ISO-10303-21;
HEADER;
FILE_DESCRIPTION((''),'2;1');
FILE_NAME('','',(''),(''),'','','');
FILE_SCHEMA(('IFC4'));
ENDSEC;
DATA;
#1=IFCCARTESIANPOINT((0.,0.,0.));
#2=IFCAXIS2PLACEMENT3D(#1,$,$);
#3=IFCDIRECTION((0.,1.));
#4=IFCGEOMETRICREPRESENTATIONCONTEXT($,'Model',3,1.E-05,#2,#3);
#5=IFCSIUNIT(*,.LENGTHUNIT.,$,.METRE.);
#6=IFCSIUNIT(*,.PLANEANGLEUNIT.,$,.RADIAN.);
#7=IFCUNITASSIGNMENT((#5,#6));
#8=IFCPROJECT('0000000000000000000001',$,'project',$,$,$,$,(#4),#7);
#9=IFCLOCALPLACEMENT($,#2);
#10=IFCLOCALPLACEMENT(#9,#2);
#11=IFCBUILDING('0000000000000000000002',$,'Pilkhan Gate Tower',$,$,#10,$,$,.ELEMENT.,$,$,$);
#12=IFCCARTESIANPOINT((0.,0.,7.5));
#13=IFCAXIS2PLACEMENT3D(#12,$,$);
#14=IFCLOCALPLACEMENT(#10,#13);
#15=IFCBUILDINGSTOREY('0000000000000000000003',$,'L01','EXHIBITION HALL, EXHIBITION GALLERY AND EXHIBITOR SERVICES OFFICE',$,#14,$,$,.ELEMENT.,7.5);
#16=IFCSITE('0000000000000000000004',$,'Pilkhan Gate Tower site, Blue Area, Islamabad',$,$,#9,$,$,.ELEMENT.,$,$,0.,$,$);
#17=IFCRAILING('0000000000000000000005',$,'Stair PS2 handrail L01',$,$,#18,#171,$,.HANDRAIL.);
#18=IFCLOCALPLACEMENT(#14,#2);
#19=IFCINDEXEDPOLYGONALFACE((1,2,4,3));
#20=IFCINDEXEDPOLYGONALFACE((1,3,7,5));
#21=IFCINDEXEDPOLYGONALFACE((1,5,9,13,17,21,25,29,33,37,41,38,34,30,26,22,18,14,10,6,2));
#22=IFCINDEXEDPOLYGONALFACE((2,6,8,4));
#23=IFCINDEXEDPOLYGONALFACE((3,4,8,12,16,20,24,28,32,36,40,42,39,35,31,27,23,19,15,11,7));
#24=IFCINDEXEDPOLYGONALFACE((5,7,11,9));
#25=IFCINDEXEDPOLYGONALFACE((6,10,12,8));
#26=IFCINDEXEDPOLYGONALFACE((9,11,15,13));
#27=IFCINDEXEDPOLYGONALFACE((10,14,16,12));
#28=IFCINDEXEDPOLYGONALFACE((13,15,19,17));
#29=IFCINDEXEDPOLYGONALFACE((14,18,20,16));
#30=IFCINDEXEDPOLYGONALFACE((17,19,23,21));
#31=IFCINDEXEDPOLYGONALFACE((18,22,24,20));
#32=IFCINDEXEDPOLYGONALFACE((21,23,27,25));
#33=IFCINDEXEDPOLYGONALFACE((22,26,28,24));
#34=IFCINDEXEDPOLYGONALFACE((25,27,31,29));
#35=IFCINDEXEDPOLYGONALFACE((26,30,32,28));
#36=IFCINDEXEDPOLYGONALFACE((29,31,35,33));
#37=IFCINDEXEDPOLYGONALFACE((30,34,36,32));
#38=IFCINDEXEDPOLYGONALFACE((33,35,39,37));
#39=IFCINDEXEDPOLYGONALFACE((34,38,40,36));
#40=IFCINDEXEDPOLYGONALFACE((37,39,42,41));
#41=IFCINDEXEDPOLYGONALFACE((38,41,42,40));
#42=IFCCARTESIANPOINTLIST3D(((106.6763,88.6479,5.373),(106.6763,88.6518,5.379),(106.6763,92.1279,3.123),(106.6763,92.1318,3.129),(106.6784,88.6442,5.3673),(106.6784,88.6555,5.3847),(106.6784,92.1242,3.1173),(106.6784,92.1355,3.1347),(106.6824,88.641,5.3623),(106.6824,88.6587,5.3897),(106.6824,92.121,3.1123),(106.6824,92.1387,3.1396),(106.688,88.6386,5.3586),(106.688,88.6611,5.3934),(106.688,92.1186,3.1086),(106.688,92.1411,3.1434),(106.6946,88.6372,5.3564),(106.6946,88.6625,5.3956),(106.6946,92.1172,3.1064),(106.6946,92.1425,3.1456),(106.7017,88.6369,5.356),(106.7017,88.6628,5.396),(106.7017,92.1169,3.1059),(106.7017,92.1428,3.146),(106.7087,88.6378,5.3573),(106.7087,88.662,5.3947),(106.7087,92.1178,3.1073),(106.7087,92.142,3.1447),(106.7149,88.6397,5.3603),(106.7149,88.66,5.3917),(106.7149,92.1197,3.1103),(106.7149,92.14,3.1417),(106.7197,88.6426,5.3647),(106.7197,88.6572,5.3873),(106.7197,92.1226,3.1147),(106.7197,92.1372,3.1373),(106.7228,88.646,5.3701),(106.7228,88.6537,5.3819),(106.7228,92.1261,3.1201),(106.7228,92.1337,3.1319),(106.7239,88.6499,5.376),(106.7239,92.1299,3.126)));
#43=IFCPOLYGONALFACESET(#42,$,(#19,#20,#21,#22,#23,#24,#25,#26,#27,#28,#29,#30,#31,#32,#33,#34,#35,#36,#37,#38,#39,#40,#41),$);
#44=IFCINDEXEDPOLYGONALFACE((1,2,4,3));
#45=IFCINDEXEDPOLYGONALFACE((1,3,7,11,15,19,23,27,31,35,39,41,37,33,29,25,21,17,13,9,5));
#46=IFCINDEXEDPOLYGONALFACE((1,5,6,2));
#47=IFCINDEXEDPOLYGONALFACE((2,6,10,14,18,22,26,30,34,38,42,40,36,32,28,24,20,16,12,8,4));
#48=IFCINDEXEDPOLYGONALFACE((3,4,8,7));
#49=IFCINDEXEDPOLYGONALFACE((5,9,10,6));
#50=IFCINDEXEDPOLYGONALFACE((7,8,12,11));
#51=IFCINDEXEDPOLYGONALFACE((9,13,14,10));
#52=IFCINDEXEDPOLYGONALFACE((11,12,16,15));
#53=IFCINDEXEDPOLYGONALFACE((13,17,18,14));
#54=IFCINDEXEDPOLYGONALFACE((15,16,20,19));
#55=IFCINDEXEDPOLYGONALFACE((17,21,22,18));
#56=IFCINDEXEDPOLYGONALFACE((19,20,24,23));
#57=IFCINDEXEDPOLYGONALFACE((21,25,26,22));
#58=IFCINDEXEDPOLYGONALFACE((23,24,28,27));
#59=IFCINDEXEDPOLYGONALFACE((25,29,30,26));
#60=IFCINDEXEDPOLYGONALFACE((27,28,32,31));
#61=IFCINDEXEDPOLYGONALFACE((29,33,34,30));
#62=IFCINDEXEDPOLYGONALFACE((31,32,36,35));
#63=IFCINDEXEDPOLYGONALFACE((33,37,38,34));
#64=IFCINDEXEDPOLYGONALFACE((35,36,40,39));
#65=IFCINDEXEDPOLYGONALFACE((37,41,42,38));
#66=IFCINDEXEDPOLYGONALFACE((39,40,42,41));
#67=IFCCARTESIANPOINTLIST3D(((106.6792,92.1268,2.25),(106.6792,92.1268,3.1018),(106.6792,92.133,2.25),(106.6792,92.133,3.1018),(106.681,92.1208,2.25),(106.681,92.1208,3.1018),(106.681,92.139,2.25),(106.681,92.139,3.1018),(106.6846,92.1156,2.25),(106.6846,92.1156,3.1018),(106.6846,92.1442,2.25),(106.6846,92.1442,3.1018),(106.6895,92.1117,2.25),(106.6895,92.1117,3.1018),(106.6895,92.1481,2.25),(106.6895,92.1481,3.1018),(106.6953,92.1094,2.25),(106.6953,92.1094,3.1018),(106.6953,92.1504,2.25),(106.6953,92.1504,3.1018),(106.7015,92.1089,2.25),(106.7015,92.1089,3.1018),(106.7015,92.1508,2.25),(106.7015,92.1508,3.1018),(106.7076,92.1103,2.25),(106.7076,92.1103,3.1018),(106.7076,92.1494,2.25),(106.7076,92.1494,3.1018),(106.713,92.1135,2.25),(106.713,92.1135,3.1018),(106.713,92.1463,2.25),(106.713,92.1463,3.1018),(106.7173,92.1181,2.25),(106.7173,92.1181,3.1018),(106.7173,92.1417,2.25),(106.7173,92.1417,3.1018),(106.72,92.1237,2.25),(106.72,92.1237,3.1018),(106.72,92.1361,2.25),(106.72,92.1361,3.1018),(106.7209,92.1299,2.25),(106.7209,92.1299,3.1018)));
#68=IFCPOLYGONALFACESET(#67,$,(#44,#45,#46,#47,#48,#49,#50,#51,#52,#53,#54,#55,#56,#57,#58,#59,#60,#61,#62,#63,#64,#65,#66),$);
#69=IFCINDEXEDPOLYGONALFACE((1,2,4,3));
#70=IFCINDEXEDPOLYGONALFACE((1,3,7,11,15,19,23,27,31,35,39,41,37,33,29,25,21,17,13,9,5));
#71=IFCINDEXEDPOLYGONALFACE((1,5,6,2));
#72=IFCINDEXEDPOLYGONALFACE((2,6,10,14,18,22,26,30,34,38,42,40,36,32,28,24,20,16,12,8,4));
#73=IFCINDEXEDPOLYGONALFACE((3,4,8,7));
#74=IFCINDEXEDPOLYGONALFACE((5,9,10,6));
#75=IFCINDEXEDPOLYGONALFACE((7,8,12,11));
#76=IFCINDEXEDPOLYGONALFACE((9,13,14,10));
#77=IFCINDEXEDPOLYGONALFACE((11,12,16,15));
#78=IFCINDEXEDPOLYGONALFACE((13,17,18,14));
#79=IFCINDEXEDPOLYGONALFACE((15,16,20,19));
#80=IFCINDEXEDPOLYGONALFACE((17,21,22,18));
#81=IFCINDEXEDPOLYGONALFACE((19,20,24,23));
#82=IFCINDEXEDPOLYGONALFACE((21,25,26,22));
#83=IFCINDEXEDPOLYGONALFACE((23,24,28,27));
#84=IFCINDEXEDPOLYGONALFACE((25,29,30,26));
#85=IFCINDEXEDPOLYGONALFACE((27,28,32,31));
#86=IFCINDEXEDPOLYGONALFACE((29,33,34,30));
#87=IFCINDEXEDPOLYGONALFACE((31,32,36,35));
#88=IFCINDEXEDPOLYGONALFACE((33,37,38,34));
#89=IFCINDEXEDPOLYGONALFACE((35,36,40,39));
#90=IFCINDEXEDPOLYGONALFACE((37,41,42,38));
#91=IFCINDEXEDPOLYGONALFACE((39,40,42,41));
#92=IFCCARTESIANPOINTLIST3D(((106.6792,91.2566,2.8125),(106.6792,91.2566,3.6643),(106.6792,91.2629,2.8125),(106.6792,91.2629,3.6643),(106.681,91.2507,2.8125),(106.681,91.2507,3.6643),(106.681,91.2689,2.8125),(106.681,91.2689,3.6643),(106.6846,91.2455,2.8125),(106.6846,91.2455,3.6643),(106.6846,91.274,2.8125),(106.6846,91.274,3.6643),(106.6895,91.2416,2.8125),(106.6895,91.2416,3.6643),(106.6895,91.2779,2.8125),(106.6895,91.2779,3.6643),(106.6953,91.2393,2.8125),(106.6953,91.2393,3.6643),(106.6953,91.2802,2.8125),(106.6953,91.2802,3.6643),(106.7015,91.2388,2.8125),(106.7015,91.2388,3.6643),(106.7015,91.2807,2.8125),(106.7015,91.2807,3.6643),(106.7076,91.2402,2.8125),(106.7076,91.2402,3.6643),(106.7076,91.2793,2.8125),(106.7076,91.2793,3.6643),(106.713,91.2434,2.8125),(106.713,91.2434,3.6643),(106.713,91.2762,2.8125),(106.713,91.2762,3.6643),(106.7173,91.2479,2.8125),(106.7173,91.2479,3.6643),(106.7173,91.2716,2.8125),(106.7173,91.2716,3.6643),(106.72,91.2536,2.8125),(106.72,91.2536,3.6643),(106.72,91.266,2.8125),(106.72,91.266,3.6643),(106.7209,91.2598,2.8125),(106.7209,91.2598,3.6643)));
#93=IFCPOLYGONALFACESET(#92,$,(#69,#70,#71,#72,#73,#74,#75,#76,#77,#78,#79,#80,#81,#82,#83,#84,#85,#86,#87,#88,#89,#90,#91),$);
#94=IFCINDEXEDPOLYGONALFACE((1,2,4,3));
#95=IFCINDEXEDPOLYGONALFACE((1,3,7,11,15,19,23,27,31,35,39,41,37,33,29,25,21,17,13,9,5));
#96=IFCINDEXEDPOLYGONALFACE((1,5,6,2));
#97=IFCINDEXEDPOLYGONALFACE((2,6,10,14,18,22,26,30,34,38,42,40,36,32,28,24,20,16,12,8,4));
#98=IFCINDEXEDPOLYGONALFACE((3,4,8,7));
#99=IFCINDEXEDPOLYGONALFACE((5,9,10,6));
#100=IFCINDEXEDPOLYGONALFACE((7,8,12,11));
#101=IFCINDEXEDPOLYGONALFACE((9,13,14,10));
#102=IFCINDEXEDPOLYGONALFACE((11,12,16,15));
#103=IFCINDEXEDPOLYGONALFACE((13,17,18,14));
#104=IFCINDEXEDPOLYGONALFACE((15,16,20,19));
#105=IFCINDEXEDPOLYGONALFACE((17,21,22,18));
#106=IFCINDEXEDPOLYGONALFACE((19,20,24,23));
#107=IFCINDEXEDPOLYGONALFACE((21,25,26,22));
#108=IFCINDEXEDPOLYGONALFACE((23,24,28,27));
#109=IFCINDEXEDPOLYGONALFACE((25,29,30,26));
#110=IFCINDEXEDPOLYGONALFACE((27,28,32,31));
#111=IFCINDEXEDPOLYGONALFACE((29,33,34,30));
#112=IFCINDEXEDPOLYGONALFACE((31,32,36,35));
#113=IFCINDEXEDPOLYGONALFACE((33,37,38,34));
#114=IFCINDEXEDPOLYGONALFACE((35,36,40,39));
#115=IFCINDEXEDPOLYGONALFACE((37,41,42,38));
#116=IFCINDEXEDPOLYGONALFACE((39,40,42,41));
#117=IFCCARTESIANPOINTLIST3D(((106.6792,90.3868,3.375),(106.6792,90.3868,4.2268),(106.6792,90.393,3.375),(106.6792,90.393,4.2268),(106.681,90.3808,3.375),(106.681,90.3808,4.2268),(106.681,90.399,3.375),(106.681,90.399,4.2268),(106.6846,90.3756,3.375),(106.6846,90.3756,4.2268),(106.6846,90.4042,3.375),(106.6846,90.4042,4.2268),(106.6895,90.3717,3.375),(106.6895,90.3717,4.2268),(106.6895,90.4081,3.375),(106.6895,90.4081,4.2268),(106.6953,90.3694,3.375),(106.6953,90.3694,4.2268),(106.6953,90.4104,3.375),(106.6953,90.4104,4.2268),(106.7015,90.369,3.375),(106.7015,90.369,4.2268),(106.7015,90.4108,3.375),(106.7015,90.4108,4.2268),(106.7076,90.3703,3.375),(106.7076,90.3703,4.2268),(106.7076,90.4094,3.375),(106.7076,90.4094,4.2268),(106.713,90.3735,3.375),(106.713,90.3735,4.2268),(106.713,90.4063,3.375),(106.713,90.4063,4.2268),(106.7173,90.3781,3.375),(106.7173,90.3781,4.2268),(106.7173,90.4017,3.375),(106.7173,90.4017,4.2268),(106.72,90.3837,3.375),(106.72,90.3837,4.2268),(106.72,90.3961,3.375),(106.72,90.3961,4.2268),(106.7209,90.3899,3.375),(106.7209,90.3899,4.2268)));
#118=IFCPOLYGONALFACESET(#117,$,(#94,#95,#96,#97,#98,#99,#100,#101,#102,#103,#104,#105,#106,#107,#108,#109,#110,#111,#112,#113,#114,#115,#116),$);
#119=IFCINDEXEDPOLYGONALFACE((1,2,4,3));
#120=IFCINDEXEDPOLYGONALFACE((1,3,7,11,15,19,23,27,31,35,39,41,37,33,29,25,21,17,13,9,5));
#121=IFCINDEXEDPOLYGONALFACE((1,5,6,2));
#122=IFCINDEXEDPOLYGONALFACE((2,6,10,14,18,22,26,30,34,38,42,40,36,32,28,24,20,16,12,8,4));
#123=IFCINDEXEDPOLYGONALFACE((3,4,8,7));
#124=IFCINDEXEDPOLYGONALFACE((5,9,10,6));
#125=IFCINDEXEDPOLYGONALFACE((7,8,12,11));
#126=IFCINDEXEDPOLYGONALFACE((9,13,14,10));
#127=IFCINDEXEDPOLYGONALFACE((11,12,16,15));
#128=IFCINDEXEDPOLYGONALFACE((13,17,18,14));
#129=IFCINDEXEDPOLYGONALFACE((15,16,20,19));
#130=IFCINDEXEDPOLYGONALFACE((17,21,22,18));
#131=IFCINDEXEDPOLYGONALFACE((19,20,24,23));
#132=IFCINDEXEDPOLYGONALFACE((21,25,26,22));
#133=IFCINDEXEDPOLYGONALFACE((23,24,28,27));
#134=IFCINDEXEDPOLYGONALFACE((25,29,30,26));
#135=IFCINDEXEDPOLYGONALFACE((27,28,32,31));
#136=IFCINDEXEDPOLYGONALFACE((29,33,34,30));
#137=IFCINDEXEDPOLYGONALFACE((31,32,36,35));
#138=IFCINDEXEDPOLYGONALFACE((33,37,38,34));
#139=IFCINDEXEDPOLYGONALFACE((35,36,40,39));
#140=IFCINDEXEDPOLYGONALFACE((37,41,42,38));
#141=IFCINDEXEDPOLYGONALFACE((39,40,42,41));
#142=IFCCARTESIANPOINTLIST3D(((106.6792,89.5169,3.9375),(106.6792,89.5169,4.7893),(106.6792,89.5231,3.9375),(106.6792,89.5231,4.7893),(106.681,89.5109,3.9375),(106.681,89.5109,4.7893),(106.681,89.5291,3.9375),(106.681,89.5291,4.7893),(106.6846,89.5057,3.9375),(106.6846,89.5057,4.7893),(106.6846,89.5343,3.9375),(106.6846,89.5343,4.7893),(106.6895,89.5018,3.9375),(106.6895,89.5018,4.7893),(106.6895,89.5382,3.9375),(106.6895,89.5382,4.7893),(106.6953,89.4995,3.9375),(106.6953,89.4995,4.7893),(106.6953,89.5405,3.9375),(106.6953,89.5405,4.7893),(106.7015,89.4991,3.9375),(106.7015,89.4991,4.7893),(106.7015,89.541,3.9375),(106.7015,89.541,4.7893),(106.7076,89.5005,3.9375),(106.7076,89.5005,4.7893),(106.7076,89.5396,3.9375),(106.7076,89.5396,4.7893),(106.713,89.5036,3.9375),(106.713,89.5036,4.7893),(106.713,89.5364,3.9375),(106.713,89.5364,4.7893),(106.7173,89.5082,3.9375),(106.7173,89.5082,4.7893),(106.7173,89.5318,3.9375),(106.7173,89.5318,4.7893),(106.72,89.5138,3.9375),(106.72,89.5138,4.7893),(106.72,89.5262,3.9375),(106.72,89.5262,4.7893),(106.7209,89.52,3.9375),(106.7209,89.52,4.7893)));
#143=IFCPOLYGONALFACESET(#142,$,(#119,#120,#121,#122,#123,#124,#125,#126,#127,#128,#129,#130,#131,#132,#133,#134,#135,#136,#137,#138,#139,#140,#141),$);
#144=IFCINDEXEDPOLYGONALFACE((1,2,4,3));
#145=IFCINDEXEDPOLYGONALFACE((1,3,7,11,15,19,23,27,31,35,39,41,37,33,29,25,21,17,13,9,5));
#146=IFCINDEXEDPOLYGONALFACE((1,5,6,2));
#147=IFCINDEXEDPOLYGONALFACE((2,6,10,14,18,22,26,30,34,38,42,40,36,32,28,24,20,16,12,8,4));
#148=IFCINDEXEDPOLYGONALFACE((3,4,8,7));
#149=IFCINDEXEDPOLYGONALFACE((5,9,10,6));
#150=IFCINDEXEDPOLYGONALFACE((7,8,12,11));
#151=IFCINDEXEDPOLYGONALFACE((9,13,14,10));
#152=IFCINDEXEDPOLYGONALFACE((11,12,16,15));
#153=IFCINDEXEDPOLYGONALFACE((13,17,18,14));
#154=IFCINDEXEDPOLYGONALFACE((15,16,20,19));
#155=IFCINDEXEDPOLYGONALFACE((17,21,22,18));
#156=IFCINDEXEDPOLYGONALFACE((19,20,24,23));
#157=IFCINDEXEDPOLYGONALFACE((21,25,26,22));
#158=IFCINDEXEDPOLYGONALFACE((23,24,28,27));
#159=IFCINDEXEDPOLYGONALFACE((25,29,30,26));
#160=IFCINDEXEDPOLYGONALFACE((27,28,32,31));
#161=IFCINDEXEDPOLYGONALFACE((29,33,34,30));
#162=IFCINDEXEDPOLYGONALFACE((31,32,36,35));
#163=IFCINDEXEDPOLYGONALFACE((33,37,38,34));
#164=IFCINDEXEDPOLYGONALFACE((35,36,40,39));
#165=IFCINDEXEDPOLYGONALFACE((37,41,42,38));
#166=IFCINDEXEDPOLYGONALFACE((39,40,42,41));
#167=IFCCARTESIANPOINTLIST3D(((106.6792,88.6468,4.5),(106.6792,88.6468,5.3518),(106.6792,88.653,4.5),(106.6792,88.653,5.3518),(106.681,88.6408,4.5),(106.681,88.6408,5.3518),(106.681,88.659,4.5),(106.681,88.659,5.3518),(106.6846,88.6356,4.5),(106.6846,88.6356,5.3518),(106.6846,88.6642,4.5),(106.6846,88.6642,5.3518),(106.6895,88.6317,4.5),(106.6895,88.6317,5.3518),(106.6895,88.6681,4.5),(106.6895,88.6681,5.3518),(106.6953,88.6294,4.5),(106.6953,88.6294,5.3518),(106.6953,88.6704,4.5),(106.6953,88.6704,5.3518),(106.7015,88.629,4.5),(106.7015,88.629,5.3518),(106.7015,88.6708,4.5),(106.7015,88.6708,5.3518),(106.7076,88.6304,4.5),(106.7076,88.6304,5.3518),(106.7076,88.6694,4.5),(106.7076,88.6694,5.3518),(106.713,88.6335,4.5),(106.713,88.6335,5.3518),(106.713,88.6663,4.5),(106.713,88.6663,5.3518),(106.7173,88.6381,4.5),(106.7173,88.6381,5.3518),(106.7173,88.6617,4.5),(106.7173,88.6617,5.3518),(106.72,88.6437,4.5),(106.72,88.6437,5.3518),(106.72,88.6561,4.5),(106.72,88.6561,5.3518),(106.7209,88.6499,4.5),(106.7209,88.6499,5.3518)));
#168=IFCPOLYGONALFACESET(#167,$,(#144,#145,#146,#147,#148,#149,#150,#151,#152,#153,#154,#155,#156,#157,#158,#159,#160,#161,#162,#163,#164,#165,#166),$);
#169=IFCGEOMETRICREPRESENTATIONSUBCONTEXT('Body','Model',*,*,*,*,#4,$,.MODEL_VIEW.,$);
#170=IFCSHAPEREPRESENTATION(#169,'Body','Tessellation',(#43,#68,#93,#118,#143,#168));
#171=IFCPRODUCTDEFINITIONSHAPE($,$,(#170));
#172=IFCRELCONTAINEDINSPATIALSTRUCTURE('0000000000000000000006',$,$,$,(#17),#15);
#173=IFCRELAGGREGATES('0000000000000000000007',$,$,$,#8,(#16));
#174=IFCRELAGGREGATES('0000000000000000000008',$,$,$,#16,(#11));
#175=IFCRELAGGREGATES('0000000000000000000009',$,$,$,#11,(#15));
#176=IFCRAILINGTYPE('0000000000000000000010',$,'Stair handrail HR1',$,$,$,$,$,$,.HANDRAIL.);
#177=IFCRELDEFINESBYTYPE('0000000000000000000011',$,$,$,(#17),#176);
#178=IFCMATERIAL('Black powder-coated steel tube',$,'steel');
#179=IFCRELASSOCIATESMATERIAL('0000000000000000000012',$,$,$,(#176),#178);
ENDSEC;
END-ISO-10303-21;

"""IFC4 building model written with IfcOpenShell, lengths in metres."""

from ifc_helpers import new_model, si_unit, direction, frame, origin, origin_2d, place, context, subcontext, project, spatial, circle, extrude, material, type_object, element, save


model = new_model("IFC4")

# Units and contexts
model_context = context("Model", 3, precision=1e-05, world=origin(), true_north=direction((0.0, 1.0)))
body_context = subcontext(model_context, "Body", "Model", "MODEL_VIEW")
ifc_project = project(units=[si_unit("LENGTHUNIT", "METRE"), si_unit("PLANEANGLEUNIT", "RADIAN")], contexts=[model_context])

# Site, building, storey
site_placement = place(None, origin())
site = spatial("IfcSite", under=ifc_project, at=site_placement, Name="Pilkhan Gate Tower site, Blue Area, Islamabad", CompositionType="ELEMENT", RefElevation=0.0)
building_placement = place(site_placement, origin())
building = spatial("IfcBuilding", under=site, at=building_placement, Name="Pilkhan Gate Tower", CompositionType="ELEMENT")
storey_placement = place(building_placement, frame((0.0, 0.0, 7.5)))
storey = spatial("IfcBuildingStorey", under=building, at=storey_placement, Name="L01", Description="EXHIBITION HALL, EXHIBITION GALLERY AND EXHIBITOR SERVICES OFFICE", CompositionType="ELEMENT", Elevation=7.5)

# Railing
ifc_material_1 = material(Name="Black powder-coated steel tube", Category="steel")
railing_type_1 = type_object("IfcRailingType", Name="Stair handrail HR1", PredefinedType="HANDRAIL", material=ifc_material_1)
railing_1_placement = place(storey_placement, frame((106.7, 92.1299, 2.25)))
element("IfcRailing", 1, at=railing_1_placement, inside=storey, type_object=railing_type_1, Name="Stair PS2 handrail L01", PredefinedType="HANDRAIL", context=body_context, shape_type="SweptSolid", body=[
    extrude(circle(Radius=0.0239, at=origin_2d()), frame((0.0, 0.0, 0.876), z_axis=(0.0, -0.839763, 0.542953), x_axis=(1.0, 0.0, 0.0)), (0.0, 0.0, 1.0), 4.144),
    extrude(circle(Radius=0.021, at=origin_2d()), origin(), (0.0, 0.0, 1.0), 0.8518),
    extrude(circle(Radius=0.021, at=origin_2d()), frame((0.0, -0.8701, 0.5625)), (0.0, 0.0, 1.0), 0.8518),
    extrude(circle(Radius=0.021, at=origin_2d()), frame((0.0, -1.74, 1.125)), (0.0, 0.0, 1.0), 0.8518),
    extrude(circle(Radius=0.021, at=origin_2d()), frame((0.0, -2.6099, 1.6875)), (0.0, 0.0, 1.0), 0.8518),
    extrude(circle(Radius=0.021, at=origin_2d()), frame((0.0, -3.48, 2.25)), (0.0, 0.0, 1.0), 0.8518),
])

save(model, "model.ifc")
